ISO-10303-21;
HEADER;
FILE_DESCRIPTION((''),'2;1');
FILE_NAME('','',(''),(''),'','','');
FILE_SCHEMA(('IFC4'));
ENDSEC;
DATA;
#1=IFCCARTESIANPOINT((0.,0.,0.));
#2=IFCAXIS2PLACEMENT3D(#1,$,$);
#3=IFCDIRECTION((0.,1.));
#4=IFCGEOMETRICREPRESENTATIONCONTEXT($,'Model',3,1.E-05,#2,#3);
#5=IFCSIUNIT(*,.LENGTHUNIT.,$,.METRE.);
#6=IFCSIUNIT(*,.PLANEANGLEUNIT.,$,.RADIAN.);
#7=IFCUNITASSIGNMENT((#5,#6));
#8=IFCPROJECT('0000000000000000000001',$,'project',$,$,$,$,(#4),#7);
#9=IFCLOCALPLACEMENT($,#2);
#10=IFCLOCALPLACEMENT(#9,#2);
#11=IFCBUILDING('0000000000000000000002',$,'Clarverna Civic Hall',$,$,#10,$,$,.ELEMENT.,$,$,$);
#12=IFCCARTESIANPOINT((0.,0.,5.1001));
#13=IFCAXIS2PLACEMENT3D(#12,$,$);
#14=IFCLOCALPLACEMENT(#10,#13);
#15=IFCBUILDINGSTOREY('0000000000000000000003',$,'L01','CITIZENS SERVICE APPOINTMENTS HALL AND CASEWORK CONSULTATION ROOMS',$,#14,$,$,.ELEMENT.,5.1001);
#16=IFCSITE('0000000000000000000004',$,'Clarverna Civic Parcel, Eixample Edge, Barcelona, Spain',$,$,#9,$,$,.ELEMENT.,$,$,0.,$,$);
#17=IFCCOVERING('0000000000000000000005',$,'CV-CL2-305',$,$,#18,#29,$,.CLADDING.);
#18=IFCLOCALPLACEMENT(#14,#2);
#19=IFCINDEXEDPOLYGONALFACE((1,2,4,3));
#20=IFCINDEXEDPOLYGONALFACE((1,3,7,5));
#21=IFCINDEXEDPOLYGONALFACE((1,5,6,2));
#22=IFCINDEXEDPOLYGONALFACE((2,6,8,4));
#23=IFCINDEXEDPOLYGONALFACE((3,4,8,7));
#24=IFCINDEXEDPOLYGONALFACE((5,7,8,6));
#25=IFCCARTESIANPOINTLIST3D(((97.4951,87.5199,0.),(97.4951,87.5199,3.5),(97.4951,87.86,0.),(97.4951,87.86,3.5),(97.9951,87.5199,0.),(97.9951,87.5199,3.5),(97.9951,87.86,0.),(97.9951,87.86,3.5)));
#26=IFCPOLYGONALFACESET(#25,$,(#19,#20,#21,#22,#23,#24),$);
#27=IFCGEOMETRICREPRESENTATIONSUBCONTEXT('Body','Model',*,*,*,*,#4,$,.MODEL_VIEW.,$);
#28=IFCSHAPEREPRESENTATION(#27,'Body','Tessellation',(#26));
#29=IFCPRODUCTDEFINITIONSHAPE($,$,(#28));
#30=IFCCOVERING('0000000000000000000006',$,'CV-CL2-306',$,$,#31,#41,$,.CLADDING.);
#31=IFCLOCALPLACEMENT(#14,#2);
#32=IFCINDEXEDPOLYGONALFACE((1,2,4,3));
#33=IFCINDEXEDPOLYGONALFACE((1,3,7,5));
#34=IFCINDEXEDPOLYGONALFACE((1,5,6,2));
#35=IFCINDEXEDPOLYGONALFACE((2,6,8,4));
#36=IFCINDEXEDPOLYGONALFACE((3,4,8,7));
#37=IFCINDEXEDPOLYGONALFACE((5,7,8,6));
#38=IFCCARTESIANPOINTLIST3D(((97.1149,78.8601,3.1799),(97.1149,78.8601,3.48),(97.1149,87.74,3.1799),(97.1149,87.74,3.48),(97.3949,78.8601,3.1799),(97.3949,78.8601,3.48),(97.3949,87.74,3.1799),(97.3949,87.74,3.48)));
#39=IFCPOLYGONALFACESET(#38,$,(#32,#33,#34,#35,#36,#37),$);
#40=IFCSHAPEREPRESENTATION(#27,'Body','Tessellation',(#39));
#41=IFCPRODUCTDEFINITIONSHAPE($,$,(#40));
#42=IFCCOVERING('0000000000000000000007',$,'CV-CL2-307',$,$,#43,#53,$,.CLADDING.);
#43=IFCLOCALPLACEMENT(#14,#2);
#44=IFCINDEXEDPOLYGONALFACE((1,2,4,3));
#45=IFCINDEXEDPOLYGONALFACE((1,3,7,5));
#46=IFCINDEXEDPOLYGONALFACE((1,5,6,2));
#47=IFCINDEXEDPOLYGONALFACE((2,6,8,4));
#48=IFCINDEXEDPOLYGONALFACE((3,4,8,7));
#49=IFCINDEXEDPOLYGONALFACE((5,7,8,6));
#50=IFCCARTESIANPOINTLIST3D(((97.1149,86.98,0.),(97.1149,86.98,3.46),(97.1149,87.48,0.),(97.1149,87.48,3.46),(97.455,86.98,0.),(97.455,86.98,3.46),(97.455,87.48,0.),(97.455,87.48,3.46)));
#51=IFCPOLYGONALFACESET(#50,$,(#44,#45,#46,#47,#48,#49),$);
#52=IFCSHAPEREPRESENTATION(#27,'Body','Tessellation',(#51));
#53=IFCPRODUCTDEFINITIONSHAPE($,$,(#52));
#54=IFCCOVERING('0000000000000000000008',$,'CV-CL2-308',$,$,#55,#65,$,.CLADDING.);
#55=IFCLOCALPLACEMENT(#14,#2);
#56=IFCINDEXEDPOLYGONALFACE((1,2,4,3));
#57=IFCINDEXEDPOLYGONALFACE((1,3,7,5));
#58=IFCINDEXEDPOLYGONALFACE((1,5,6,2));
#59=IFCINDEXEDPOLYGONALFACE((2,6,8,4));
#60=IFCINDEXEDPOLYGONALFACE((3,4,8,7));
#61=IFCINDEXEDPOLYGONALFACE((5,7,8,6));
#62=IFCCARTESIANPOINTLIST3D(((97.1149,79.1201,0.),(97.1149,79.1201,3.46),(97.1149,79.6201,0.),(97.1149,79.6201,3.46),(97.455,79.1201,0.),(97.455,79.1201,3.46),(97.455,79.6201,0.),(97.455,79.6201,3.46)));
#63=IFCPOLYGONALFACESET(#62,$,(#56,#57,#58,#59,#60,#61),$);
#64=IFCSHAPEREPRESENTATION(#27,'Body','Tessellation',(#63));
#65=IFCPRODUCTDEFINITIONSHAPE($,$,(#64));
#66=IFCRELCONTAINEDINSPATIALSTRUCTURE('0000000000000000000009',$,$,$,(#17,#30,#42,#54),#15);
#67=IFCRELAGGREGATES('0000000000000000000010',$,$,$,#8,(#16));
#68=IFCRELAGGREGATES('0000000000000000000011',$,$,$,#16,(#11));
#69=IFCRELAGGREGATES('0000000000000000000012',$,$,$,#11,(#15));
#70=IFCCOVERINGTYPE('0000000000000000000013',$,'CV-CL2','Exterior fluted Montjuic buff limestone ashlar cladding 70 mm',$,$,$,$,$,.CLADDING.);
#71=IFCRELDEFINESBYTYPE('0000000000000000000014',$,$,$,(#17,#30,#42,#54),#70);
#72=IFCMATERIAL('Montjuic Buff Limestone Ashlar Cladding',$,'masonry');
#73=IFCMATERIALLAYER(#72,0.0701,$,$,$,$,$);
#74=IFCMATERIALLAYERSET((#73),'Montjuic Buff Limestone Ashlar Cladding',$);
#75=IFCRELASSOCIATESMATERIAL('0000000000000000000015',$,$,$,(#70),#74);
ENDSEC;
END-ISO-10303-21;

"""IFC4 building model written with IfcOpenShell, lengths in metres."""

from ifc_helpers import new_model, si_unit, direction, frame, frame_2d, origin, place, context, subcontext, project, spatial, rectangle, extrude, material, layer, layer_set, type_object, element, save


model = new_model("IFC4")

# Units and contexts
model_context = context("Model", 3, precision=1e-05, world=origin(), true_north=direction((0.0, 1.0)))
body_context = subcontext(model_context, "Body", "Model", "MODEL_VIEW")
ifc_project = project(units=[si_unit("LENGTHUNIT", "METRE"), si_unit("PLANEANGLEUNIT", "RADIAN")], contexts=[model_context])

# Site, building, storey
site_placement = place(None, origin())
site = spatial("IfcSite", under=ifc_project, at=site_placement, Name="Clarverna Civic Parcel, Eixample Edge, Barcelona, Spain", CompositionType="ELEMENT", RefElevation=0.0)
building_placement = place(site_placement, origin())
building = spatial("IfcBuilding", under=site, at=building_placement, Name="Clarverna Civic Hall", CompositionType="ELEMENT")
storey_placement = place(building_placement, frame((0.0, 0.0, 5.1001)))
storey = spatial("IfcBuildingStorey", under=building, at=storey_placement, Name="L01", Description="CITIZENS SERVICE APPOINTMENTS HALL AND CASEWORK CONSULTATION ROOMS", CompositionType="ELEMENT", Elevation=5.1001)

# Coverings
ifc_material_1 = material(Name="Montjuic Buff Limestone Ashlar Cladding", Category="masonry")
ifc_layer_1 = layer(ifc_material_1, 0.0701)
ifc_layer_set_1 = layer_set([ifc_layer_1], Name="Montjuic Buff Limestone Ashlar Cladding")
covering_type = type_object("IfcCoveringType", Name="CV-CL2", Description="Exterior fluted Montjuic buff limestone ashlar cladding 70 mm", PredefinedType="CLADDING", material=ifc_layer_set_1)
for number, where, z_axis, x_axis, name in (
    (1, (97.9951, 87.6899, 0.0), (0.0, 0.0, 1.0), (-1.0, 0.0, 0.0), "CV-CL2-305"),
):
    element("IfcCovering", number, at=place(storey_placement, frame(where, z_axis=z_axis, x_axis=x_axis)), inside=storey, type_object=covering_type, Name=name, PredefinedType="CLADDING", context=body_context, shape_type="SweptSolid", body=[
        extrude(rectangle(XDim=0.5, YDim=0.3401, at=frame_2d((0.25, 0.0))), origin(), (0.0, 0.0, 1.0), 3.5),
    ])
covering_1_placement = place(storey_placement, frame((97.2549, 87.74, 3.1799), z_axis=(0.0, 0.0, 1.0), x_axis=(0.0, -1.0, 0.0)))
element("IfcCovering", 2, at=covering_1_placement, inside=storey, type_object=covering_type, Name="CV-CL2-306", PredefinedType="CLADDING", context=body_context, shape_type="SweptSolid", body=[
    extrude(rectangle(XDim=8.8799, YDim=0.28, at=frame_2d((4.4399, 0.0))), origin(), (0.0, 0.0, 1.0), 0.3),
])
for number, where, z_axis, x_axis, name in (
    (3, (97.2849, 87.48, 0.0), (0.0, 0.0, 1.0), (0.0, -1.0, 0.0), "CV-CL2-307"),
    (4, (97.2849, 79.6201, 0.0), (0.0, 0.0, 1.0), (0.0, -1.0, 0.0), "CV-CL2-308"),
):
    element("IfcCovering", number, at=place(storey_placement, frame(where, z_axis=z_axis, x_axis=x_axis)), inside=storey, type_object=covering_type, Name=name, PredefinedType="CLADDING", context=body_context, shape_type="SweptSolid", body=[
        extrude(rectangle(XDim=0.5, YDim=0.3401, at=frame_2d((0.25, 0.0))), origin(), (0.0, 0.0, 1.0), 3.46),
    ])

save(model, "model.ifc")
